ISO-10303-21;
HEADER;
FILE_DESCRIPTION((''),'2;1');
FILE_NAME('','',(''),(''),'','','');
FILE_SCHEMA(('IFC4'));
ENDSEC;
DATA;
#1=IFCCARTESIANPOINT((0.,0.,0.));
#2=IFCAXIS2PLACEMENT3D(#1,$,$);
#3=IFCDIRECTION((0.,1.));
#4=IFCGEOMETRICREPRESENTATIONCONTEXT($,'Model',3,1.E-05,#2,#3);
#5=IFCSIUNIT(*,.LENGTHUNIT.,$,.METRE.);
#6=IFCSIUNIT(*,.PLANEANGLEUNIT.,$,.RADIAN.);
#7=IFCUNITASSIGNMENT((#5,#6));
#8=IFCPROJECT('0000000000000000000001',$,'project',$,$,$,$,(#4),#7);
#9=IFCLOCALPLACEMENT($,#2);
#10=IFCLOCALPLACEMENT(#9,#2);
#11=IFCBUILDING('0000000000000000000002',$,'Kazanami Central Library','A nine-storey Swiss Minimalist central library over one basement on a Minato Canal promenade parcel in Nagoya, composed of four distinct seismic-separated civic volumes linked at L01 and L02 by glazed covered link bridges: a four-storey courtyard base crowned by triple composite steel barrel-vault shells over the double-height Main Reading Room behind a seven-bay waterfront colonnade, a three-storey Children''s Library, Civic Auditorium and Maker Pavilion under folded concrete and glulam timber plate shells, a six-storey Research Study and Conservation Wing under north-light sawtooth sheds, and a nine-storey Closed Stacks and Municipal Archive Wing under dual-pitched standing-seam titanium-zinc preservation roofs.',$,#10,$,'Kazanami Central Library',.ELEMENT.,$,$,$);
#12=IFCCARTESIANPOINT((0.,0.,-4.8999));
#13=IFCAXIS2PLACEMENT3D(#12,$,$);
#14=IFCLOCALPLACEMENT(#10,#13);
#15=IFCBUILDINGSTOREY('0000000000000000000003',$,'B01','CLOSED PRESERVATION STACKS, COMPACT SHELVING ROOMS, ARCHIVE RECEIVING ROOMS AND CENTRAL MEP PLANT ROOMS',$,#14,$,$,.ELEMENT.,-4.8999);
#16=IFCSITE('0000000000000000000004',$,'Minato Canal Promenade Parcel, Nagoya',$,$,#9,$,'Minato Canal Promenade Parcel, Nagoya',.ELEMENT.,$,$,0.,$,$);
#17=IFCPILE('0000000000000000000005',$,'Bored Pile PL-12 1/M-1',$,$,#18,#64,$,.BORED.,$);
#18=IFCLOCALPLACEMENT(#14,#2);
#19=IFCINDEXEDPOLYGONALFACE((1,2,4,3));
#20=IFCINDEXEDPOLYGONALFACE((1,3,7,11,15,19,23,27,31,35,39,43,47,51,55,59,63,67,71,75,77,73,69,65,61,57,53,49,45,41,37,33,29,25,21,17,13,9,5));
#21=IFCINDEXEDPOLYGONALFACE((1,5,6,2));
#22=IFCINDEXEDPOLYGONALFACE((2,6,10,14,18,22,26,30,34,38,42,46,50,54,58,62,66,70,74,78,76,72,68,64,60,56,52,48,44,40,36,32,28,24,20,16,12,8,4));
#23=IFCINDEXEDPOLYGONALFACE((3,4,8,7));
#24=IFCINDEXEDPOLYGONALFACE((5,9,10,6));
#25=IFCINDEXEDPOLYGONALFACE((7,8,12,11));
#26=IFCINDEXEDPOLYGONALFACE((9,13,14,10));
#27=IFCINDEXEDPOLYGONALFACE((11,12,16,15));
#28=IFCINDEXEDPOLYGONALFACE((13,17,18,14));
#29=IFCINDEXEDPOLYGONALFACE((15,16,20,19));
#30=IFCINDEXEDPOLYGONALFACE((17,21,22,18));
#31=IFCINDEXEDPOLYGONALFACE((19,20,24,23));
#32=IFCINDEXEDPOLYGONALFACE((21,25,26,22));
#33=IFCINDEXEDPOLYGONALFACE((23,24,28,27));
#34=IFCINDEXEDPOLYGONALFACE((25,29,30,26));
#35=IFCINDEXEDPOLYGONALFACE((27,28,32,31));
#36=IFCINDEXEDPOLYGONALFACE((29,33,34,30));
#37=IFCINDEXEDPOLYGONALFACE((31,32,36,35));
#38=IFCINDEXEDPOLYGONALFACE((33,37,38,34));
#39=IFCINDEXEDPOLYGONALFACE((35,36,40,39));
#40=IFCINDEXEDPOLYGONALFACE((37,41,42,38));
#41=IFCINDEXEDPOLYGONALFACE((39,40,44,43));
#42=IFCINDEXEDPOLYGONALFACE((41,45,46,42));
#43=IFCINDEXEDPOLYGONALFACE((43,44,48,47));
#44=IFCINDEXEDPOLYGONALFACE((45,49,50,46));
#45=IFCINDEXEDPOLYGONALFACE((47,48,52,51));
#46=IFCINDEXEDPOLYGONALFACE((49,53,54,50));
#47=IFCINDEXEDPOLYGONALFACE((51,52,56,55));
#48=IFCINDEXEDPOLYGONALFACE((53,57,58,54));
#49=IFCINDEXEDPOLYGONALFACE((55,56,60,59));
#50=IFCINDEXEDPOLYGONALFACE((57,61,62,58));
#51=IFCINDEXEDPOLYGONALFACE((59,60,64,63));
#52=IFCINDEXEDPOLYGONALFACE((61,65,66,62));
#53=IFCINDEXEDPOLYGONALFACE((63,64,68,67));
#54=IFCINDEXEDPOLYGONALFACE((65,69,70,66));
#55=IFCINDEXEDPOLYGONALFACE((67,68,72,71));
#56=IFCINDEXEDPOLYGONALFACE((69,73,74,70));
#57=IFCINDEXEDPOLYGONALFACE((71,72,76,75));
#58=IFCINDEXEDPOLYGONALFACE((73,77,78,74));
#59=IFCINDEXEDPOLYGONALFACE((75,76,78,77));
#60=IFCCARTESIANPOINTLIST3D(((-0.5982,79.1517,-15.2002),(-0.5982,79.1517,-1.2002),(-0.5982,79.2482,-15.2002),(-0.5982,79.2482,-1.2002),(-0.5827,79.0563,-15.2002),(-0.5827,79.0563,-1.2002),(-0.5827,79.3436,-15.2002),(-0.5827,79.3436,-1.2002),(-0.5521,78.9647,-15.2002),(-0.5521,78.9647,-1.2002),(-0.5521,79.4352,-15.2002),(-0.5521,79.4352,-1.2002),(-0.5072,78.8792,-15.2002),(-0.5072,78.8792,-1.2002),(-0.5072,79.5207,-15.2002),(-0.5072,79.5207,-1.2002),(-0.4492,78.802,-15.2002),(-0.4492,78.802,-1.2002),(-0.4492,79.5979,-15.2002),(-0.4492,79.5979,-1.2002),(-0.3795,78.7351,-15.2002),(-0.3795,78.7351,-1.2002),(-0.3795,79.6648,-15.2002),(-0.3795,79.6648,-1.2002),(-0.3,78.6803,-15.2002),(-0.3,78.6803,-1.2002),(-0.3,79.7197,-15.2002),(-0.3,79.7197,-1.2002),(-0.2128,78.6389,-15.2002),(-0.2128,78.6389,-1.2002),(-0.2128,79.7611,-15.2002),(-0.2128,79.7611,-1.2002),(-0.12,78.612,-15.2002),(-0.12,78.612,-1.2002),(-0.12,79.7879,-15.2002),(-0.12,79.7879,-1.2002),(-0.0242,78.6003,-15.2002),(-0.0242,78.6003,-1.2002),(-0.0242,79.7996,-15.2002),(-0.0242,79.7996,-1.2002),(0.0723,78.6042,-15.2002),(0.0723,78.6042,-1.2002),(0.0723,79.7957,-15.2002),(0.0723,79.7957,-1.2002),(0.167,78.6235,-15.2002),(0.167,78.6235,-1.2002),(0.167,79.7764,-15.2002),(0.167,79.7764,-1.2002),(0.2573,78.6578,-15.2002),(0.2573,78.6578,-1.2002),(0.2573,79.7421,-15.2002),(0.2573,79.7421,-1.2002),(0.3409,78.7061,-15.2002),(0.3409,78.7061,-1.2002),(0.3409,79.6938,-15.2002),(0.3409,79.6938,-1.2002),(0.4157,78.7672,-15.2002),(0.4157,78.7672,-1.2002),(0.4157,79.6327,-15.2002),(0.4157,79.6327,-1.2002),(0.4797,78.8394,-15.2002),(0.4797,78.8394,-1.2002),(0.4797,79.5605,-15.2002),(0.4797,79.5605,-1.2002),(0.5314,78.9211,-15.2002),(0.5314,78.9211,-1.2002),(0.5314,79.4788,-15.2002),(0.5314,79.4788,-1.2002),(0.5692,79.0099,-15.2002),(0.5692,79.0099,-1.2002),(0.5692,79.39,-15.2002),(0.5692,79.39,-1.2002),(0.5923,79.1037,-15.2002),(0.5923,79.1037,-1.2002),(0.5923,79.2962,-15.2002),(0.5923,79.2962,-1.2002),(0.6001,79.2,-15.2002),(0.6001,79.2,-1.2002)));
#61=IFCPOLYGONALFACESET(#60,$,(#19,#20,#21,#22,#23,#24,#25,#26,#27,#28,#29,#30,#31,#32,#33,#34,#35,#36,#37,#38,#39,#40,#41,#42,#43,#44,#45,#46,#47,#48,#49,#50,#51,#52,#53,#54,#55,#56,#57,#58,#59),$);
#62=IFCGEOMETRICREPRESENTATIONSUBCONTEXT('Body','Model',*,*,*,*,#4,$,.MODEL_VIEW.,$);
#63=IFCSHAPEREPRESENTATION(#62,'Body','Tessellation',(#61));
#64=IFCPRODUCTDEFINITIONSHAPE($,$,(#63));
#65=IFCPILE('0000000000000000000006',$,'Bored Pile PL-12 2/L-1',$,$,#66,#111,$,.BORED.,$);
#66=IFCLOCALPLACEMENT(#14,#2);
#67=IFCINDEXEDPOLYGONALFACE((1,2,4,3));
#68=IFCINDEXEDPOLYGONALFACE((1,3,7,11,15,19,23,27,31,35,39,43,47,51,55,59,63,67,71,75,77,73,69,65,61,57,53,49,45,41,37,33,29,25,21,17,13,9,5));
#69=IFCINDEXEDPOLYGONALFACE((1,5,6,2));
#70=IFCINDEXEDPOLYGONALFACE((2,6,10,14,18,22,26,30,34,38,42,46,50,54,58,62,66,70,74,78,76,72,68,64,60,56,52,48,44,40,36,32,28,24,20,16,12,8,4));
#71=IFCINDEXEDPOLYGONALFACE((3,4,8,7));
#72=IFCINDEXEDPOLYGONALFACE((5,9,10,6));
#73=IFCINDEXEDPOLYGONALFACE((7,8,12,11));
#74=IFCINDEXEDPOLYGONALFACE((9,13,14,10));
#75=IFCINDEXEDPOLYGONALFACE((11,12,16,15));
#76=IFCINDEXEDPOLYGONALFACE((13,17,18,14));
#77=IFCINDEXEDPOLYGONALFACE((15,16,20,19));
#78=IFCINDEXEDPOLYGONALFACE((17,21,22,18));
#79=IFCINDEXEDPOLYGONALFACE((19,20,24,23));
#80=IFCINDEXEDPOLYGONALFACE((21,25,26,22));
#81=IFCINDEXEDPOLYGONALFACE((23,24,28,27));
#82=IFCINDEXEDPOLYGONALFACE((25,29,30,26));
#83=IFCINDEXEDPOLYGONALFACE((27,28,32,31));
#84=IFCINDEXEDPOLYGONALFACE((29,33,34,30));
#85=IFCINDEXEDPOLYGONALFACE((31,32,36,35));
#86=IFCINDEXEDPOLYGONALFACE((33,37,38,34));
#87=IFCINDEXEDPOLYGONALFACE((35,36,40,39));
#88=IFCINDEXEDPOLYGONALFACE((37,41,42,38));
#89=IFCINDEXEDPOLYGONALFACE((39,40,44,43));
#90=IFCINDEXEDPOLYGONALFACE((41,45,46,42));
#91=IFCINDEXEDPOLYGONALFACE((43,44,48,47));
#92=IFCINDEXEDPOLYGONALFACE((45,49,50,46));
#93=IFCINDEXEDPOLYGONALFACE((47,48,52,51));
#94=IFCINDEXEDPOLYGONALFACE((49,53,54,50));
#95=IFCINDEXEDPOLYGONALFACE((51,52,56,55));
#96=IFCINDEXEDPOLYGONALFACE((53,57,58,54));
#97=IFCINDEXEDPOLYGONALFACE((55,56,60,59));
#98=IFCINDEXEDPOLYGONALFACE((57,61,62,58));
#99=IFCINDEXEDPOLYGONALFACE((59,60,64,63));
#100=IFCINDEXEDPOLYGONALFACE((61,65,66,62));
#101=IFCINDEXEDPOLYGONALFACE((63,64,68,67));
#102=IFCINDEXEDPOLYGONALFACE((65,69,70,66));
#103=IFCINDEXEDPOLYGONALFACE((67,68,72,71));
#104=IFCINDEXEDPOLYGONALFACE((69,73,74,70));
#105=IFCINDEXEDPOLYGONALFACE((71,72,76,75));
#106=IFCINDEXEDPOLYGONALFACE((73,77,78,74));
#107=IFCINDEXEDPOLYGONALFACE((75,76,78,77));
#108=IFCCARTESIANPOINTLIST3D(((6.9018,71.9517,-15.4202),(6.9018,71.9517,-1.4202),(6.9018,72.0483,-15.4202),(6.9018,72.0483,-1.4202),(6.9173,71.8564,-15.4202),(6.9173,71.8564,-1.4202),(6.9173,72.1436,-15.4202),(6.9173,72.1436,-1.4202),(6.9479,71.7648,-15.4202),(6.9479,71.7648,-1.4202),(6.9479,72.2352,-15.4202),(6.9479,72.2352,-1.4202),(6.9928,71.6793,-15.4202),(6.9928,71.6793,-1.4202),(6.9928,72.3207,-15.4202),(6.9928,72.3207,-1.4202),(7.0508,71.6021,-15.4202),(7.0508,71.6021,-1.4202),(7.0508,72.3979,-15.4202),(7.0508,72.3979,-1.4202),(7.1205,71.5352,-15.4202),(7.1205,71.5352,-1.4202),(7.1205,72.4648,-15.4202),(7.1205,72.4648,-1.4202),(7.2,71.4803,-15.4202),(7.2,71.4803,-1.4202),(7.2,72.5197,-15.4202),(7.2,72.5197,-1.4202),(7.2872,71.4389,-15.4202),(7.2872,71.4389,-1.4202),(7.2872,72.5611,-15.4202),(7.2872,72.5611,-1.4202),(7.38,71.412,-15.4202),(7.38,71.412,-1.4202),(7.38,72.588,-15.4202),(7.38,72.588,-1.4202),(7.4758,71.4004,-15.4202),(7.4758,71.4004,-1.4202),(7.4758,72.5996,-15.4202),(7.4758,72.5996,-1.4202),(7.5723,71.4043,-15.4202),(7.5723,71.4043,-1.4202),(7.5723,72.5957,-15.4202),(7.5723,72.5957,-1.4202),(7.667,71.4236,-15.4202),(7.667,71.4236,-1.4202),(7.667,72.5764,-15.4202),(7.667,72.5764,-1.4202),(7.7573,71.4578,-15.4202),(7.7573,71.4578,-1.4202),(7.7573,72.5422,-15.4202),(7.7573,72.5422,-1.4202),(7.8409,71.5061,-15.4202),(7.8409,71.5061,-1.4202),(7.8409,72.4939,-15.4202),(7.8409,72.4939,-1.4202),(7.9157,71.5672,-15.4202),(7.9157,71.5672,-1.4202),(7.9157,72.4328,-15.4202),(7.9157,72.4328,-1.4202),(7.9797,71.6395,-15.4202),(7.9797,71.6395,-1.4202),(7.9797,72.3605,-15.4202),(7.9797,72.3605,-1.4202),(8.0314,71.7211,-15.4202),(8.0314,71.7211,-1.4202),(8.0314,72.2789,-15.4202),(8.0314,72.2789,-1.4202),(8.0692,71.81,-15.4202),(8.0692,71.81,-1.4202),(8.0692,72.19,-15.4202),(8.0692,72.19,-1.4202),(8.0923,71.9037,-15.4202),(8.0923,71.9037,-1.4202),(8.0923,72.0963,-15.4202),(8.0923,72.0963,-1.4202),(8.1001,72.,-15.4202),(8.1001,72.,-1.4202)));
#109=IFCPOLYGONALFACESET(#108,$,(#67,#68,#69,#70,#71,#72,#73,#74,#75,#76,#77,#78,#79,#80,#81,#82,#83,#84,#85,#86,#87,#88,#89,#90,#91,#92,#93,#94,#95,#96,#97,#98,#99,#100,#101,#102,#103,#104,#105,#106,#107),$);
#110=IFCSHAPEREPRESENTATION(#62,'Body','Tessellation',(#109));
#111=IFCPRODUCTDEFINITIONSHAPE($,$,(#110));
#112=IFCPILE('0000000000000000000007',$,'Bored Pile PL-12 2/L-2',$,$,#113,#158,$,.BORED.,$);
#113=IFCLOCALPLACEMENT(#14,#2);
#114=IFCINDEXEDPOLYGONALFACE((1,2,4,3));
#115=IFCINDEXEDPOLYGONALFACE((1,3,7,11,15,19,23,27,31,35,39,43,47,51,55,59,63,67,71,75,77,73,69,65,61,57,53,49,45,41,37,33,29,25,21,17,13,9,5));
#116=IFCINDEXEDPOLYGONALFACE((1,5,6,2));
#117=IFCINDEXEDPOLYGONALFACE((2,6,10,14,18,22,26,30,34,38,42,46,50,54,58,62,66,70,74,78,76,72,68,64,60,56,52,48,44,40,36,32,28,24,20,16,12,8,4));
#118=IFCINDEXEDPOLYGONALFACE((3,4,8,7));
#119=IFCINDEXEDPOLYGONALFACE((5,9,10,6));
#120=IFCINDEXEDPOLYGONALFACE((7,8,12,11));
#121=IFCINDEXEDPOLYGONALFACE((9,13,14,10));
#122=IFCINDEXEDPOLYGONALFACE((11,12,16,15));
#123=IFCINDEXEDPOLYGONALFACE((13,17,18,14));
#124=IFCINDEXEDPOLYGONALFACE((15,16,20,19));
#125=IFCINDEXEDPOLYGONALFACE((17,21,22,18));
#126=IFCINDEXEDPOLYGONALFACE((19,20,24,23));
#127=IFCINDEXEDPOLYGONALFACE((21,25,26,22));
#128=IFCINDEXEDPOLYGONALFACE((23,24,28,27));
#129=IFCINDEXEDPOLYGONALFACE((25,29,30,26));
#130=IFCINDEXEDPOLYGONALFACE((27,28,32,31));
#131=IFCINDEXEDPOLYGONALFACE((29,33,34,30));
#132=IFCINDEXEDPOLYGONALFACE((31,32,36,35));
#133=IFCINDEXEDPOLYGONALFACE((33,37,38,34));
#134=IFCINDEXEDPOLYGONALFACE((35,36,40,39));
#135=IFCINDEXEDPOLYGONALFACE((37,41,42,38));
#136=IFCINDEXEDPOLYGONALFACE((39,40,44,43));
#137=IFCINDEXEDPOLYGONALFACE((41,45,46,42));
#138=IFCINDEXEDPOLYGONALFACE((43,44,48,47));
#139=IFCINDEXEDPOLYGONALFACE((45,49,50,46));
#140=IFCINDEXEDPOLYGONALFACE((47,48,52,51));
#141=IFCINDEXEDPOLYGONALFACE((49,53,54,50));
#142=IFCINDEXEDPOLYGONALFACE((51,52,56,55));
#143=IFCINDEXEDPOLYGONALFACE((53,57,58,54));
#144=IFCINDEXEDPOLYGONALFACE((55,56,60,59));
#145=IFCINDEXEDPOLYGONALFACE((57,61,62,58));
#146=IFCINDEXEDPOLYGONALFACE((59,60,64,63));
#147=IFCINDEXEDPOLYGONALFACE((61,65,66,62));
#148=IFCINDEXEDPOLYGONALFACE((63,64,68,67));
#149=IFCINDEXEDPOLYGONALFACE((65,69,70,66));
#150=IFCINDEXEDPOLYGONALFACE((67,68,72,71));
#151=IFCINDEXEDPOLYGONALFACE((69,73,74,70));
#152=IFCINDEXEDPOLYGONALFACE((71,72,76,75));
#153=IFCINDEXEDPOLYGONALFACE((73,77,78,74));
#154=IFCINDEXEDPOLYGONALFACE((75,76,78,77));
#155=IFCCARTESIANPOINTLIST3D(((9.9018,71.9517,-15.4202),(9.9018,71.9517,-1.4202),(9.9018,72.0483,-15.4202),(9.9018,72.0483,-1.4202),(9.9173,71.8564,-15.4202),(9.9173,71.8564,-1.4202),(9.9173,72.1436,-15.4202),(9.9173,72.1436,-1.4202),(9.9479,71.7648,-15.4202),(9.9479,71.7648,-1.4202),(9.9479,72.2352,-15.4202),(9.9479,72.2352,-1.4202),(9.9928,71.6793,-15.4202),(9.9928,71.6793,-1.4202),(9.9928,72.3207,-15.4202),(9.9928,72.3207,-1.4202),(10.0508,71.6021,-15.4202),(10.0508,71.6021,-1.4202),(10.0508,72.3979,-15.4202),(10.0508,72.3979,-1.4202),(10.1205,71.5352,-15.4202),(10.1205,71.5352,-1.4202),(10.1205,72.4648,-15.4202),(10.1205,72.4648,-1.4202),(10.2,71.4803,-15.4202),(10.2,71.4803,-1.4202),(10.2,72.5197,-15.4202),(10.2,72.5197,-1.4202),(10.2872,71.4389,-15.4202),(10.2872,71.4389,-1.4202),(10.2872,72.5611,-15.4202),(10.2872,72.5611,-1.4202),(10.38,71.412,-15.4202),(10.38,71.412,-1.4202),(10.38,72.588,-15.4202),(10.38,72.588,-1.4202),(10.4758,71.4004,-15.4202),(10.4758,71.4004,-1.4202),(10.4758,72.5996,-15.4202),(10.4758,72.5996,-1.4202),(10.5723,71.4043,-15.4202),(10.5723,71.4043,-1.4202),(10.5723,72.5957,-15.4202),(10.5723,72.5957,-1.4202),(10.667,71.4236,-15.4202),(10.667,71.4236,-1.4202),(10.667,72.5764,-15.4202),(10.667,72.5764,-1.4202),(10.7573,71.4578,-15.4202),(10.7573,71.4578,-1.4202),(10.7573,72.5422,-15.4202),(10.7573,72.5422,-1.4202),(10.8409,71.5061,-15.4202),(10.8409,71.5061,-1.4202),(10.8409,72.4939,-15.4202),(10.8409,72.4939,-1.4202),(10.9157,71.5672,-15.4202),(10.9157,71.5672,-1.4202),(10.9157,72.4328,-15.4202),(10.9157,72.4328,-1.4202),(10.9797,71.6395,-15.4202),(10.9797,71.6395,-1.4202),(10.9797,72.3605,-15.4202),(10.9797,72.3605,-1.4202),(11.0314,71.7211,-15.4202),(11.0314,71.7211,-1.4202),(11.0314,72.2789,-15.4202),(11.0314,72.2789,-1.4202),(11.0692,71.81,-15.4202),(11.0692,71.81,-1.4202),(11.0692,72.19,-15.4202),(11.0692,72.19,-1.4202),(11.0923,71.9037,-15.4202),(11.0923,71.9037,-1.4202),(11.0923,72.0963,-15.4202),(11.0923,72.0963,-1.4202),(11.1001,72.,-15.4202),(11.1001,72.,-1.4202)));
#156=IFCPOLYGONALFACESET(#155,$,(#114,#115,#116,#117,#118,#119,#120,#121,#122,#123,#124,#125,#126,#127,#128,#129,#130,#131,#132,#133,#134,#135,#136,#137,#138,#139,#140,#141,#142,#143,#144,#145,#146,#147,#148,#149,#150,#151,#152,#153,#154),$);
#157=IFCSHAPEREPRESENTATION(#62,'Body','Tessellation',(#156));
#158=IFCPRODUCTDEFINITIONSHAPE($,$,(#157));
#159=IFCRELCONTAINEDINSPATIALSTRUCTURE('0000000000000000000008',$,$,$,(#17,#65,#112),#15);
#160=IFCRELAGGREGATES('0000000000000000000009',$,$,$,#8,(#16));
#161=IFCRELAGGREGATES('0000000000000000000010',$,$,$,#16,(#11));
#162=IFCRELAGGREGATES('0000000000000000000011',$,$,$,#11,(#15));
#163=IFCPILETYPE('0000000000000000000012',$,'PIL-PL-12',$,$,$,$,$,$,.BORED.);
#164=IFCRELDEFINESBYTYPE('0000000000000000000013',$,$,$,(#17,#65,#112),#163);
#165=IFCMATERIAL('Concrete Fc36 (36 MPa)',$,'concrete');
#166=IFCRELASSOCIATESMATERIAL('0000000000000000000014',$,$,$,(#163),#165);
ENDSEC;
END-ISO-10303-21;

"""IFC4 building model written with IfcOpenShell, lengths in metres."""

from ifc_helpers import new_model, si_unit, direction, frame, origin, origin_2d, place, context, subcontext, project, spatial, circle, extrude, material, material_profile, profile_set, type_object, element, save


model = new_model("IFC4")

# Units and contexts
model_context = context("Model", 3, precision=1e-05, world=origin(), true_north=direction((0.0, 1.0)))
body_context = subcontext(model_context, "Body", "Model", "MODEL_VIEW")
ifc_project = project(units=[si_unit("LENGTHUNIT", "METRE"), si_unit("PLANEANGLEUNIT", "RADIAN")], contexts=[model_context])

# Site, building, storey
site_placement = place(None, origin())
site = spatial("IfcSite", under=ifc_project, at=site_placement, Name="Minato Canal Promenade Parcel, Nagoya", LongName="Minato Canal Promenade Parcel, Nagoya", CompositionType="ELEMENT", RefElevation=0.0)
building_placement = place(site_placement, origin())
building = spatial("IfcBuilding", under=site, at=building_placement, Name="Kazanami Central Library", Description="A nine-storey Swiss Minimalist central library over one basement on a Minato Canal promenade parcel in Nagoya, composed of four distinct seismic-separated civic volumes linked at L01 and L02 by glazed covered link bridges: a four-storey courtyard base crowned by triple composite steel barrel-vault shells over the double-height Main Reading Room behind a seven-bay waterfront colonnade, a three-storey Children's Library, Civic Auditorium and Maker Pavilion under folded concrete and glulam timber plate shells, a six-storey Research Study and Conservation Wing under north-light sawtooth sheds, and a nine-storey Closed Stacks and Municipal Archive Wing under dual-pitched standing-seam titanium-zinc preservation roofs.", LongName="Kazanami Central Library", CompositionType="ELEMENT")
storey_placement = place(building_placement, frame((0.0, 0.0, -4.8999)))
storey = spatial("IfcBuildingStorey", under=building, at=storey_placement, Name="B01", Description="CLOSED PRESERVATION STACKS, COMPACT SHELVING ROOMS, ARCHIVE RECEIVING ROOMS AND CENTRAL MEP PLANT ROOMS", CompositionType="ELEMENT", Elevation=-4.8999)

# Shared definitions
ifc_material_1 = material(Name="Concrete Fc36 (36 MPa)", Category="concrete")

# Piles
ifc_material_profile_1 = material_profile(ifc_material_1, circle(Radius=0.6001, at=origin_2d()), Name="BORED-D1200")
ifc_profile_set_1 = profile_set([ifc_material_profile_1], Name="Concrete Fc36 (36 MPa)")
pile_type_1 = type_object("IfcPileType", Name="PIL-PL-12", PredefinedType="BORED", material=ifc_profile_set_1)
for number, where, z_axis, x_axis, name in (
    (1, (0.0, 79.2, -1.2002), (0.0, 0.0, -1.0), (1.0, 0.0, 0.0), "Bored Pile PL-12 1/M-1"),
    (2, (7.5, 72.0, -1.4202), (0.0, 0.0, -1.0), (1.0, 0.0, 0.0), "Bored Pile PL-12 2/L-1"),
    (3, (10.5, 72.0, -1.4202), (0.0, 0.0, -1.0), (1.0, 0.0, 0.0), "Bored Pile PL-12 2/L-2"),
):
    element("IfcPile", number, at=place(storey_placement, frame(where, z_axis=z_axis, x_axis=x_axis)), inside=storey, type_object=pile_type_1, Name=name, PredefinedType="BORED", context=body_context, shape_type="SweptSolid", body=[
        extrude(circle(Radius=0.6001, at=origin_2d()), origin(), (0.0, 0.0, 1.0), 14.0),
    ])

save(model, "model.ifc")
